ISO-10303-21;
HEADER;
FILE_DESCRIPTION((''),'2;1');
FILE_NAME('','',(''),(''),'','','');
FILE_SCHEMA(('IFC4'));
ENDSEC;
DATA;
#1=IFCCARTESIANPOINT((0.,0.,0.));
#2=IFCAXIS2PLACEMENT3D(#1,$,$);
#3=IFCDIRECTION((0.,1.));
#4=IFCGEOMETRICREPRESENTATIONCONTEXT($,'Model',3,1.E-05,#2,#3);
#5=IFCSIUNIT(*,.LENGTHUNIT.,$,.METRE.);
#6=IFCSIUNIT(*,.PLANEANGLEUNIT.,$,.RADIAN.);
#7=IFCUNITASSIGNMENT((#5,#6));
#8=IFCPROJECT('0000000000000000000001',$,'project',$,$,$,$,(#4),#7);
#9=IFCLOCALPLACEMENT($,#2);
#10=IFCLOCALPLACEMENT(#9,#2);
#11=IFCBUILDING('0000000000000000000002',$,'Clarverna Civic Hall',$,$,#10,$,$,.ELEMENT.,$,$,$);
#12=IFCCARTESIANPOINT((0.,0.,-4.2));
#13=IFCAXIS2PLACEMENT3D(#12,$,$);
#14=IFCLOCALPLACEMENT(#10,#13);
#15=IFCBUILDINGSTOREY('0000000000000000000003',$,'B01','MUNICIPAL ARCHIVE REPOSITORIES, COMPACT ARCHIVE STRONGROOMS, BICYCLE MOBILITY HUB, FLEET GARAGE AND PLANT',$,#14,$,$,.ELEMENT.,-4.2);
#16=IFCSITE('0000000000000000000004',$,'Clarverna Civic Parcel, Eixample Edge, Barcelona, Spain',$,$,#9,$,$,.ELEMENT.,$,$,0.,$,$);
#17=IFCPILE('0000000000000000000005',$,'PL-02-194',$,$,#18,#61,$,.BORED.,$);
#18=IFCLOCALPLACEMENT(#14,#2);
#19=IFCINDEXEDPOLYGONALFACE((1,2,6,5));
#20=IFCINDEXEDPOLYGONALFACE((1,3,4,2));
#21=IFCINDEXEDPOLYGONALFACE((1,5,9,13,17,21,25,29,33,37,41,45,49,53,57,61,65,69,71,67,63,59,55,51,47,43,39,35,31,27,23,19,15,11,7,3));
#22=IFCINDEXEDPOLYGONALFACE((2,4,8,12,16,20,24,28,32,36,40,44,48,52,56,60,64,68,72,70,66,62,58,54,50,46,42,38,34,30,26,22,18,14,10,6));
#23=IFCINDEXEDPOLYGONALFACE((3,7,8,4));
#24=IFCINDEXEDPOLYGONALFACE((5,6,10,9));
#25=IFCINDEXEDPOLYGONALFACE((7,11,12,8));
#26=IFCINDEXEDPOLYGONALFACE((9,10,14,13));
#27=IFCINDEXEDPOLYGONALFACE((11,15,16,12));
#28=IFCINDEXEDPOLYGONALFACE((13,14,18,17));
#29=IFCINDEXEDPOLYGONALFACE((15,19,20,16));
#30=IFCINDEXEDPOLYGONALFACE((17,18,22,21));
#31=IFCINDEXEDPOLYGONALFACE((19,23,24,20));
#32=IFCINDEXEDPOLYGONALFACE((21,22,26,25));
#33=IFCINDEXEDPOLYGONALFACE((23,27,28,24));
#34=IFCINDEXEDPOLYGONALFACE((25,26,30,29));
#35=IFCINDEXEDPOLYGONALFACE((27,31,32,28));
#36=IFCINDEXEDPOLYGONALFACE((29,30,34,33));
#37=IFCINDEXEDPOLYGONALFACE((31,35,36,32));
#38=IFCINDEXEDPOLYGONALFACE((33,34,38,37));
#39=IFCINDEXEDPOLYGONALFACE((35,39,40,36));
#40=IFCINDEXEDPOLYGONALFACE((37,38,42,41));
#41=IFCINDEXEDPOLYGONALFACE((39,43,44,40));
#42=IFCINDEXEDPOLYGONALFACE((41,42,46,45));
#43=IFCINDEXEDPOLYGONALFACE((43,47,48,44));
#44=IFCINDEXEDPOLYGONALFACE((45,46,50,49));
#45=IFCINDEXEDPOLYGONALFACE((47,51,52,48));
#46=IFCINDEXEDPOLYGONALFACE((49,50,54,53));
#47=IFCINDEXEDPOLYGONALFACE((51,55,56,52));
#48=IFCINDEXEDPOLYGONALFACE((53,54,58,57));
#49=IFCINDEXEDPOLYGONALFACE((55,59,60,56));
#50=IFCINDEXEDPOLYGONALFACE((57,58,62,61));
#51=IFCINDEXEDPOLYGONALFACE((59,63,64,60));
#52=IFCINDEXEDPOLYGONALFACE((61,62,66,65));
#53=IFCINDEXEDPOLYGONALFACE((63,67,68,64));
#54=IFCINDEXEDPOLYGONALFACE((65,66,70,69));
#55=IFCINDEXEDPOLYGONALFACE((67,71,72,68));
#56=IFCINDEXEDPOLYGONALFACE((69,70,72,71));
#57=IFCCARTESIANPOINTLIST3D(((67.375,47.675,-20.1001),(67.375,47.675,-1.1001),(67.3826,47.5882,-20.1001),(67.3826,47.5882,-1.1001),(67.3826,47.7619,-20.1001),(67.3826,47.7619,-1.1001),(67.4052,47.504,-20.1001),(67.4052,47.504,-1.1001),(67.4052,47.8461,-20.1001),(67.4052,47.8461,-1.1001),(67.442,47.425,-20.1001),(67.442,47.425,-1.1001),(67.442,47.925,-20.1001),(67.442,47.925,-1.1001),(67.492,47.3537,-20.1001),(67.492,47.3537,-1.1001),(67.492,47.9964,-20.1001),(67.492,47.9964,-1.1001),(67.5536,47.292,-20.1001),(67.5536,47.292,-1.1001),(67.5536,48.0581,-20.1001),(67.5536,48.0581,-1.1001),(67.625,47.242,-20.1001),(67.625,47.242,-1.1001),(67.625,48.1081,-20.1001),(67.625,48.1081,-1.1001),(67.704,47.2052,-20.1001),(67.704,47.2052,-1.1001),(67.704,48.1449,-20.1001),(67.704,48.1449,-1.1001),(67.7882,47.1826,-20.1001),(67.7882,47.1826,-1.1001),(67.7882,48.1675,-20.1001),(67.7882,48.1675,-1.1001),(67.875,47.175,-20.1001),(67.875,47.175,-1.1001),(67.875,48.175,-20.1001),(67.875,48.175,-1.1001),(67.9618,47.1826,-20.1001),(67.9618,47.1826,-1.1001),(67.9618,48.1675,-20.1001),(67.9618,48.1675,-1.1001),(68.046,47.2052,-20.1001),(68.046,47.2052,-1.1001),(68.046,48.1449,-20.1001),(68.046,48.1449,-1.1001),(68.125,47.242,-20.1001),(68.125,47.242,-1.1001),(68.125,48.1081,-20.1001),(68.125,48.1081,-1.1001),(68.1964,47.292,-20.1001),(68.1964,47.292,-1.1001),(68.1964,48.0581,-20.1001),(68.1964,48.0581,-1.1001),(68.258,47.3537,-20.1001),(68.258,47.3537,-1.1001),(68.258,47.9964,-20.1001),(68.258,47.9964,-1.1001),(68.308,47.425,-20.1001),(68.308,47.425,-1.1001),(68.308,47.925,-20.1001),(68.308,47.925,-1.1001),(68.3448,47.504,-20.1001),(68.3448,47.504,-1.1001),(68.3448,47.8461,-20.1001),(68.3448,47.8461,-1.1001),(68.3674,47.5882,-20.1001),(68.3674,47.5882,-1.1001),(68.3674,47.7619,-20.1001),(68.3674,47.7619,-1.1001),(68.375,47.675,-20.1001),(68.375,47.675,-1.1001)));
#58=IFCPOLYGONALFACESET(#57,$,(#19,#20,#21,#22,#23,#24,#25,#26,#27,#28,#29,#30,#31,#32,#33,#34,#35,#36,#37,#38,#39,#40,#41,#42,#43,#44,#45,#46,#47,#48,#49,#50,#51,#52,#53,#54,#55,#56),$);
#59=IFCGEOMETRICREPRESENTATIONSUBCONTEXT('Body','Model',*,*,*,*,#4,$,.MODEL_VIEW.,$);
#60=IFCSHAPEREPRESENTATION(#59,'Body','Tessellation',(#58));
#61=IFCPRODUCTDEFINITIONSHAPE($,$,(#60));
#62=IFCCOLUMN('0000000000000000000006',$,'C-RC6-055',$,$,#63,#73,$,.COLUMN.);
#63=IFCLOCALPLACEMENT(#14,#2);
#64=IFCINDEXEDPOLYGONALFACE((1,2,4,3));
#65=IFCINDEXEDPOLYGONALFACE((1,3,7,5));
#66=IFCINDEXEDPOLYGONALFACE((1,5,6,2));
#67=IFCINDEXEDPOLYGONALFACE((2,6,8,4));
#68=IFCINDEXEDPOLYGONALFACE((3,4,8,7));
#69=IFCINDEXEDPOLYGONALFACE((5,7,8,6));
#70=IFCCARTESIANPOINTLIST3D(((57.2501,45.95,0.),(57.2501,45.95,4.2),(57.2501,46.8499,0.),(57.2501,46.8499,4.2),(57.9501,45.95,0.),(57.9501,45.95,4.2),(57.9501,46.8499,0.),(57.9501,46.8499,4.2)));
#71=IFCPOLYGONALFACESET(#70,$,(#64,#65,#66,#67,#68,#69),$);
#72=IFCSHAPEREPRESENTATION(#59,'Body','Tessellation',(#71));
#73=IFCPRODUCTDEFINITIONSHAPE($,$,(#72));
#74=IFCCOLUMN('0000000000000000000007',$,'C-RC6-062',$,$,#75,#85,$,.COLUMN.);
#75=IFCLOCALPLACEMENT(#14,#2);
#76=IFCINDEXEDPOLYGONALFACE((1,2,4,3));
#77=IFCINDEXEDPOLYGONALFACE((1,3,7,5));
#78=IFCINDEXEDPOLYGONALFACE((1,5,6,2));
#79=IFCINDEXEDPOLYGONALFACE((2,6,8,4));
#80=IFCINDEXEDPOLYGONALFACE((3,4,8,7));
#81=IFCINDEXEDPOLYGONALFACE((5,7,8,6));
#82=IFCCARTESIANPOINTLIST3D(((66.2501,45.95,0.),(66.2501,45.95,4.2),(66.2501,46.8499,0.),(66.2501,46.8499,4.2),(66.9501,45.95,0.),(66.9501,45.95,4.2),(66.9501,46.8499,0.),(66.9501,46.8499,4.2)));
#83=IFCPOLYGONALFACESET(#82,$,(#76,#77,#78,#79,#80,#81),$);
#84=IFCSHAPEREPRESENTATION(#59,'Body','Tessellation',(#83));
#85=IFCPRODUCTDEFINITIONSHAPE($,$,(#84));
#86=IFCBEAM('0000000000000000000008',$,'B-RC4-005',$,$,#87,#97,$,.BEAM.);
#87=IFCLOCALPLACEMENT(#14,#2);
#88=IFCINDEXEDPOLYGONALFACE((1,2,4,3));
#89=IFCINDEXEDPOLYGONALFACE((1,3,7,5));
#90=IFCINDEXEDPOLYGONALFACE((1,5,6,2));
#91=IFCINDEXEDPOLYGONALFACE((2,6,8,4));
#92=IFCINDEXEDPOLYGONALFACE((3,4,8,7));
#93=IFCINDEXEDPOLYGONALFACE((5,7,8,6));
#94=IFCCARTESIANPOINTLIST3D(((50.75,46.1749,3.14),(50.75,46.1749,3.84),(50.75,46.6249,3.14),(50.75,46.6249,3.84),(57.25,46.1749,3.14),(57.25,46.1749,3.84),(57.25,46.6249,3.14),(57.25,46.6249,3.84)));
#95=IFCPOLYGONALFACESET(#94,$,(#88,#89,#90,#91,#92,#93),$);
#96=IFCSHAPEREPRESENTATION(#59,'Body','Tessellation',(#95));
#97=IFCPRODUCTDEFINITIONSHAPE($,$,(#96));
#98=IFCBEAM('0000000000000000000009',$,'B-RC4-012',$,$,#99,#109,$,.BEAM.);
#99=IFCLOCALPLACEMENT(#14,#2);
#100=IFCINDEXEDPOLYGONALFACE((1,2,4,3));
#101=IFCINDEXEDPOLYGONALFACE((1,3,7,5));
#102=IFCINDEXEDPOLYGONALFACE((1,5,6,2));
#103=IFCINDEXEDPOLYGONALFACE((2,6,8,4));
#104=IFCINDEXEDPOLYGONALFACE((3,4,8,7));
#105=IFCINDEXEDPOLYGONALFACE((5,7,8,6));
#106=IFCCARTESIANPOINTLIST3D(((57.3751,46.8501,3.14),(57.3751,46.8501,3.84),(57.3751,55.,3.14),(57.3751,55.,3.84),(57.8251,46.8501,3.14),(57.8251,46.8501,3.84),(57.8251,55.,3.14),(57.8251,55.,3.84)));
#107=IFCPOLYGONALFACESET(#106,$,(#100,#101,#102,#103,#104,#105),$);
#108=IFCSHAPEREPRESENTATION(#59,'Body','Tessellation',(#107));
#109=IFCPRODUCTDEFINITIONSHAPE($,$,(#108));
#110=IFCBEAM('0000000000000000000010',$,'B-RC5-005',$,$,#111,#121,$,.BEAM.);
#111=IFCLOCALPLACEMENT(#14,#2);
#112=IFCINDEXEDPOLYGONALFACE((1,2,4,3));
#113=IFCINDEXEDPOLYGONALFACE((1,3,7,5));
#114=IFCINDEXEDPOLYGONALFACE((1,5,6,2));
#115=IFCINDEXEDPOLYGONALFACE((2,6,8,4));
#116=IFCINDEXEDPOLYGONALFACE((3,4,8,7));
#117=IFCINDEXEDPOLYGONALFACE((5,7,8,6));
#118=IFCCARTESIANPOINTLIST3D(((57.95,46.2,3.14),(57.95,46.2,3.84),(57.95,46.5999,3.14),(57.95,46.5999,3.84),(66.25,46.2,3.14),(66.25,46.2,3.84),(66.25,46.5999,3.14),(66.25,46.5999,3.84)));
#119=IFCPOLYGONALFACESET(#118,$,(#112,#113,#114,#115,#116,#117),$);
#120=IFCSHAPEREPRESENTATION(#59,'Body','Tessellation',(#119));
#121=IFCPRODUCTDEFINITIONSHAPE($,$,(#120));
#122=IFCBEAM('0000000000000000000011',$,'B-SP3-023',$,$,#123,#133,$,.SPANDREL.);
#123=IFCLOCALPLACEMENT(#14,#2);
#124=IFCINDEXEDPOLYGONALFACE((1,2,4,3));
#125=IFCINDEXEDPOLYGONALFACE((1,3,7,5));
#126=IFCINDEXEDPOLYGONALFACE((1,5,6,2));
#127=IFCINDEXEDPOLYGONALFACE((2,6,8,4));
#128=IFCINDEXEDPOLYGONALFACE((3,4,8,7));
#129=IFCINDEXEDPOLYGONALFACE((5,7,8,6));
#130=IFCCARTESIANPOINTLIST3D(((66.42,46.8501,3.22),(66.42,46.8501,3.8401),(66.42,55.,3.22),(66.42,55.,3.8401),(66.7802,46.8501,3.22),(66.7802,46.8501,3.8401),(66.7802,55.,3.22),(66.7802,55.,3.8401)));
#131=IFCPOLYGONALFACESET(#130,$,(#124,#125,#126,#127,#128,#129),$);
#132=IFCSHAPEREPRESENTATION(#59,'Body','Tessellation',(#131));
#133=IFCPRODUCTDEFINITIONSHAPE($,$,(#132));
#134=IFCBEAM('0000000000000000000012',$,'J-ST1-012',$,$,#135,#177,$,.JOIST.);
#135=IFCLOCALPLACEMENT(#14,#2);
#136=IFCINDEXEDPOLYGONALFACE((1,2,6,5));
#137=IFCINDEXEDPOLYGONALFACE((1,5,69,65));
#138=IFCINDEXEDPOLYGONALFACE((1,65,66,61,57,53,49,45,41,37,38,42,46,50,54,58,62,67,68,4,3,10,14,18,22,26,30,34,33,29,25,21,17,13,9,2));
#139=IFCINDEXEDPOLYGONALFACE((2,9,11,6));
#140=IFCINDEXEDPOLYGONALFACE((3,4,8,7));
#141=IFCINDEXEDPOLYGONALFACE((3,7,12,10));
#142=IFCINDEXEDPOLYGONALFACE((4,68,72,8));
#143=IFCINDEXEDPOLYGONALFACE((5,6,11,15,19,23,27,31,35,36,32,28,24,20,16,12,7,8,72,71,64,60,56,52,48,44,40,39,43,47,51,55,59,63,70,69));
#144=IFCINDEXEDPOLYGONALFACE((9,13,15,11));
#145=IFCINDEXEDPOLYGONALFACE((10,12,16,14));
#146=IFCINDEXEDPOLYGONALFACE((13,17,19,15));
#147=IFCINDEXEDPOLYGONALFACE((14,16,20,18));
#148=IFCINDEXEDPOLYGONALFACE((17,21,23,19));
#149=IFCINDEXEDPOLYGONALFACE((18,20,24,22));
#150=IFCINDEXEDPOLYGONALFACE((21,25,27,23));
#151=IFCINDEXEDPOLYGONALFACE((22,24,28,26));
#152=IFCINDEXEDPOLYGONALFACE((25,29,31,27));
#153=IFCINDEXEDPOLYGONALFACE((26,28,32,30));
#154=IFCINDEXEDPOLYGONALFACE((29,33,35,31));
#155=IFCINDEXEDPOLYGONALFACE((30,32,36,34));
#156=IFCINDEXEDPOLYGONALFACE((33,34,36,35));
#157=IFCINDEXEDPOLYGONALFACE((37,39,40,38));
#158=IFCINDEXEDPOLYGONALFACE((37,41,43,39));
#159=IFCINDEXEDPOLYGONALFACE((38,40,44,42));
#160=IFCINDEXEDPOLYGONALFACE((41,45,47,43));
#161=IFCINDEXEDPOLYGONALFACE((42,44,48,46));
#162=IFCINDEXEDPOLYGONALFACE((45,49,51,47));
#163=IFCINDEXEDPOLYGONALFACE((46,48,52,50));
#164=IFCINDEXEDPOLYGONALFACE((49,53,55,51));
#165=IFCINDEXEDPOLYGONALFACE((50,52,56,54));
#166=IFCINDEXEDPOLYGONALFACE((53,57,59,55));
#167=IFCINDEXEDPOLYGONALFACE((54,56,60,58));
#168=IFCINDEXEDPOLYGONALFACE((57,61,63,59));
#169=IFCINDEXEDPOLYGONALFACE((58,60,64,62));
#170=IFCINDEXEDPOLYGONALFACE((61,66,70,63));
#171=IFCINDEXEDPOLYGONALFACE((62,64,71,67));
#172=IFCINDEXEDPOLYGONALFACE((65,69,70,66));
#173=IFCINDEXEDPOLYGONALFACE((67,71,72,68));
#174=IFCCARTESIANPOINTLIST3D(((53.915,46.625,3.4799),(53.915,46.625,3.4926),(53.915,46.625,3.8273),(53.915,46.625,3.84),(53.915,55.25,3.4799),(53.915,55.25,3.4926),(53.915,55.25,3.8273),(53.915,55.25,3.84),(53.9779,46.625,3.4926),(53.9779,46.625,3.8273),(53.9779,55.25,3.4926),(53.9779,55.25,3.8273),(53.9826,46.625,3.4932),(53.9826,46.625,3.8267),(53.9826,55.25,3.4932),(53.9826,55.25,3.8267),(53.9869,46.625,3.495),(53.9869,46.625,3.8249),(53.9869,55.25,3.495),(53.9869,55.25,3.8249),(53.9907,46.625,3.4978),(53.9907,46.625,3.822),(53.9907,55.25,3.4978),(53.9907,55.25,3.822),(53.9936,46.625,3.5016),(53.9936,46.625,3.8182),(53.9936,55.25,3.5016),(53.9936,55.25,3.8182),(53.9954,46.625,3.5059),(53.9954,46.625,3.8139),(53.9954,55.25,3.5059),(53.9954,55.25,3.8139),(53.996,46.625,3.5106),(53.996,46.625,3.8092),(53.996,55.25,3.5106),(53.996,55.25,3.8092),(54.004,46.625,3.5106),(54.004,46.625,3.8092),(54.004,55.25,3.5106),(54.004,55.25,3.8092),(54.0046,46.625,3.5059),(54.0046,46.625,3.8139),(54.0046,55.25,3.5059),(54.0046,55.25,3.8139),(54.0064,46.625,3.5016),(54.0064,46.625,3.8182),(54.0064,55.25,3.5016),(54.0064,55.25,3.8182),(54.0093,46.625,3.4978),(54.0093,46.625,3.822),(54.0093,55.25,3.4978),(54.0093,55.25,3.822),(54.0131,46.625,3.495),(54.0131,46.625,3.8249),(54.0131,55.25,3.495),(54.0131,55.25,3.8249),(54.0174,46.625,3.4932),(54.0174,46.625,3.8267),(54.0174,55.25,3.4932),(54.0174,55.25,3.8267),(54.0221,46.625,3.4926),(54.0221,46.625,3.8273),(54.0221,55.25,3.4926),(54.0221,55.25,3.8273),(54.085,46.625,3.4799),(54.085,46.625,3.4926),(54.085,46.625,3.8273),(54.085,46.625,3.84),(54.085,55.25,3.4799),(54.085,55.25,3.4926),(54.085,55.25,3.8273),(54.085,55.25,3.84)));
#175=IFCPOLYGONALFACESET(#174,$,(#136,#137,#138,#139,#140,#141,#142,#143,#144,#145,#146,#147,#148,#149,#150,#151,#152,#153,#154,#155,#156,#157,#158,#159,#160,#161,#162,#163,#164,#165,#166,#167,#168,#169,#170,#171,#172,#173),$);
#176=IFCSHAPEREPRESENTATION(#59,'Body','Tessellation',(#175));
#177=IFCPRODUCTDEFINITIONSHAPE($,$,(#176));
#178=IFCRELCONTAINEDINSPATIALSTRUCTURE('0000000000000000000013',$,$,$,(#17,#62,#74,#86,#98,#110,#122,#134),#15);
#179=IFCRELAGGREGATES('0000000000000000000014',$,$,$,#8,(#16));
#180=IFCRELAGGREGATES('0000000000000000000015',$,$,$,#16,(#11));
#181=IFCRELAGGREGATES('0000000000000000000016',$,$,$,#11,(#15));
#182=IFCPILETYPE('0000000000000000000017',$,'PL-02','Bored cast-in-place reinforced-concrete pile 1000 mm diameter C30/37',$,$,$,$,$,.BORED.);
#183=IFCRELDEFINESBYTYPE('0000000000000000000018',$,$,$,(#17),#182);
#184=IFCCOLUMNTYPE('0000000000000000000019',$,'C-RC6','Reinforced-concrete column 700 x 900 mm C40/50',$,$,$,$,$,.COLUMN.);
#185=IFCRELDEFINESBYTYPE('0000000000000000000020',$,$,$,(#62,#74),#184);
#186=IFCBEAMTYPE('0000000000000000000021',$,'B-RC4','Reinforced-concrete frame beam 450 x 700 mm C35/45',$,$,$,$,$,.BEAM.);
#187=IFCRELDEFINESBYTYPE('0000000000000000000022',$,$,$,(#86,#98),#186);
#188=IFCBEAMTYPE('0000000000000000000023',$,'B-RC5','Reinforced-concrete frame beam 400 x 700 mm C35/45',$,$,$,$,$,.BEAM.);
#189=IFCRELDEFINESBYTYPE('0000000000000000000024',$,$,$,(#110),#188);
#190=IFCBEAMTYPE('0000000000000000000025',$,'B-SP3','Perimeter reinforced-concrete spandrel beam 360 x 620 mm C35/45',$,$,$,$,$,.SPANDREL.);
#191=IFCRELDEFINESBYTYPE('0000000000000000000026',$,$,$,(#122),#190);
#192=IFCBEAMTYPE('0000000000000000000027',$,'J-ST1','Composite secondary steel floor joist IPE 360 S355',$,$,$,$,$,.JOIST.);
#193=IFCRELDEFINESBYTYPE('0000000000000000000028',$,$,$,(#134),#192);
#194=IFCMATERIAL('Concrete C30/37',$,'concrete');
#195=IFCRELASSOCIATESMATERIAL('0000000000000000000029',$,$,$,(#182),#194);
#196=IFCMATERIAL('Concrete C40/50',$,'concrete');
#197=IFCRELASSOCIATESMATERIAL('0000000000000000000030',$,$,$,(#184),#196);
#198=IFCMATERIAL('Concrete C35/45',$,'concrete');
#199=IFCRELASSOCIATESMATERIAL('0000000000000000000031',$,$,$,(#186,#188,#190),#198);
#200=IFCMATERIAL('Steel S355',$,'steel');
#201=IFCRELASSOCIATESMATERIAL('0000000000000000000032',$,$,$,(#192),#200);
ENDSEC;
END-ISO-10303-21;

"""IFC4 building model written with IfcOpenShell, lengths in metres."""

from ifc_helpers import new_model, si_unit, direction, frame, origin, origin_2d, place, context, subcontext, project, spatial, rectangle, circle, i_section, extrude, material, material_profile, profile_set, type_object, element, save


model = new_model("IFC4")

# Units and contexts
model_context = context("Model", 3, precision=1e-05, world=origin(), true_north=direction((0.0, 1.0)))
body_context = subcontext(model_context, "Body", "Model", "MODEL_VIEW")
ifc_project = project(units=[si_unit("LENGTHUNIT", "METRE"), si_unit("PLANEANGLEUNIT", "RADIAN")], contexts=[model_context])

# Site, building, storey
site_placement = place(None, origin())
site = spatial("IfcSite", under=ifc_project, at=site_placement, Name="Clarverna Civic Parcel, Eixample Edge, Barcelona, Spain", CompositionType="ELEMENT", RefElevation=0.0)
building_placement = place(site_placement, origin())
building = spatial("IfcBuilding", under=site, at=building_placement, Name="Clarverna Civic Hall", CompositionType="ELEMENT")
storey_placement = place(building_placement, frame((0.0, 0.0, -4.2)))
storey = spatial("IfcBuildingStorey", under=building, at=storey_placement, Name="B01", Description="MUNICIPAL ARCHIVE REPOSITORIES, COMPACT ARCHIVE STRONGROOMS, BICYCLE MOBILITY HUB, FLEET GARAGE AND PLANT", CompositionType="ELEMENT", Elevation=-4.2)

# Shared definitions
ifc_material_1 = material(Name="Concrete C30/37", Category="concrete")

# Pile
ifc_material_profile_1 = material_profile(ifc_material_1, circle(Radius=0.5, at=origin_2d()), Name="BORED PILE D1000")
ifc_profile_set_1 = profile_set([ifc_material_profile_1], Name="Concrete C30/37")
pile_type_1 = type_object("IfcPileType", Name="PL-02", Description="Bored cast-in-place reinforced-concrete pile 1000 mm diameter C30/37", PredefinedType="BORED", material=ifc_profile_set_1)
for number, where, z_axis, x_axis, name in (
    (1, (67.875, 47.675, -1.1001), (0.0, 0.0, -1.0), (1.0, 0.0, 0.0), "PL-02-194"),
):
    element("IfcPile", number, at=place(storey_placement, frame(where, z_axis=z_axis, x_axis=x_axis)), inside=storey, type_object=pile_type_1, Name=name, PredefinedType="BORED", context=body_context, shape_type="SweptSolid", body=[
        extrude(circle(Radius=0.5, at=origin_2d()), origin(), (0.0, 0.0, 1.0), 19.0),
    ])

# Columns
ifc_material_2 = material(Name="Concrete C40/50", Category="concrete")
ifc_material_profile_2 = material_profile(ifc_material_2, rectangle(XDim=0.7, YDim=0.8999, at=origin_2d()), Name="RC 700x900")
ifc_profile_set_2 = profile_set([ifc_material_profile_2], Name="Concrete C40/50")
column_type = type_object("IfcColumnType", Name="C-RC6", Description="Reinforced-concrete column 700 x 900 mm C40/50", PredefinedType="COLUMN", material=ifc_profile_set_2)
for number, where, z_axis, x_axis, name in (
    (2, (57.6001, 46.3999, 0.0), (0.0, 0.0, 1.0), (1.0, 0.0, 0.0), "C-RC6-055"),
    (3, (66.6001, 46.3999, 0.0), (0.0, 0.0, 1.0), (1.0, 0.0, 0.0), "C-RC6-062"),
):
    element("IfcColumn", number, at=place(storey_placement, frame(where, z_axis=z_axis, x_axis=x_axis)), inside=storey, type_object=column_type, Name=name, PredefinedType="COLUMN", context=body_context, shape_type="SweptSolid", body=[
        extrude(rectangle(XDim=0.7, YDim=0.8999, at=origin_2d()), origin(), (0.0, 0.0, 1.0), 4.2),
    ])

# Beams
ifc_material_3 = material(Name="Concrete C35/45", Category="concrete")
ifc_material_profile_3 = material_profile(ifc_material_3, rectangle(XDim=0.45, YDim=0.7, at=origin_2d()), Name="RC 450x700")
ifc_profile_set_3 = profile_set([ifc_material_profile_3], Name="Concrete C35/45")
beam_type_1 = type_object("IfcBeamType", Name="B-RC4", Description="Reinforced-concrete frame beam 450 x 700 mm C35/45", PredefinedType="BEAM", material=ifc_profile_set_3)
beam_1_placement = place(storey_placement, frame((50.75, 46.3999, 3.49), z_axis=(1.0, 0.0, 0.0), x_axis=(0.0, 1.0, 0.0)))
element("IfcBeam", 4, at=beam_1_placement, inside=storey, type_object=beam_type_1, Name="B-RC4-005", PredefinedType="BEAM", context=body_context, shape_type="SweptSolid", body=[
    extrude(rectangle(XDim=0.45, YDim=0.7, at=origin_2d()), origin(), (0.0, 0.0, 1.0), 6.5),
])
beam_2_placement = place(storey_placement, frame((57.6001, 46.8501, 3.49), z_axis=(0.0, 1.0, 0.0), x_axis=(-1.0, 0.0, 0.0)))
element("IfcBeam", 5, at=beam_2_placement, inside=storey, type_object=beam_type_1, Name="B-RC4-012", PredefinedType="BEAM", context=body_context, shape_type="SweptSolid", body=[
    extrude(rectangle(XDim=0.45, YDim=0.7, at=origin_2d()), origin(), (0.0, 0.0, 1.0), 8.1499),
])
ifc_material_profile_4 = material_profile(ifc_material_3, rectangle(XDim=0.3999, YDim=0.7, at=origin_2d()), Name="RC 400x700")
ifc_profile_set_4 = profile_set([ifc_material_profile_4], Name="Concrete C35/45")
beam_type_2 = type_object("IfcBeamType", Name="B-RC5", Description="Reinforced-concrete frame beam 400 x 700 mm C35/45", PredefinedType="BEAM", material=ifc_profile_set_4)
beam_3_placement = place(storey_placement, frame((57.95, 46.3999, 3.49), z_axis=(1.0, 0.0, 0.0), x_axis=(0.0, 1.0, 0.0)))
element("IfcBeam", 6, at=beam_3_placement, inside=storey, type_object=beam_type_2, Name="B-RC5-005", PredefinedType="BEAM", context=body_context, shape_type="SweptSolid", body=[
    extrude(rectangle(XDim=0.3999, YDim=0.7, at=origin_2d()), origin(), (0.0, 0.0, 1.0), 8.3),
])
ifc_material_profile_5 = material_profile(ifc_material_3, rectangle(XDim=0.3601, YDim=0.6201, at=origin_2d()), Name="RC 360x620")
ifc_profile_set_5 = profile_set([ifc_material_profile_5], Name="Concrete C35/45")
beam_type_3 = type_object("IfcBeamType", Name="B-SP3", Description="Perimeter reinforced-concrete spandrel beam 360 x 620 mm C35/45", PredefinedType="SPANDREL", material=ifc_profile_set_5)
beam_4_placement = place(storey_placement, frame((66.6001, 46.8501, 3.53), z_axis=(0.0, 1.0, 0.0), x_axis=(-1.0, 0.0, 0.0)))
element("IfcBeam", 7, at=beam_4_placement, inside=storey, type_object=beam_type_3, Name="B-SP3-023", PredefinedType="SPANDREL", context=body_context, shape_type="SweptSolid", body=[
    extrude(rectangle(XDim=0.3601, YDim=0.6201, at=origin_2d()), origin(), (0.0, 0.0, 1.0), 8.1499),
])
ifc_material_4 = material(Name="Steel S355", Category="steel")
ifc_material_profile_6 = material_profile(ifc_material_4, i_section(OverallWidth=0.1699, OverallDepth=0.3601, WebThickness=0.0081, FlangeThickness=0.0127, FilletRadius=0.0181, at=origin_2d()), Name="IPE 360")
ifc_profile_set_6 = profile_set([ifc_material_profile_6], Name="Steel S355")
beam_type_4 = type_object("IfcBeamType", Name="J-ST1", Description="Composite secondary steel floor joist IPE 360 S355", PredefinedType="JOIST", material=ifc_profile_set_6)
beam_5_placement = place(storey_placement, frame((54.0, 46.625, 3.6599), z_axis=(0.0, 1.0, 0.0), x_axis=(-1.0, 0.0, 0.0)))
element("IfcBeam", 8, at=beam_5_placement, inside=storey, type_object=beam_type_4, Name="J-ST1-012", PredefinedType="JOIST", context=body_context, shape_type="SweptSolid", body=[
    extrude(i_section(OverallWidth=0.1699, OverallDepth=0.3601, WebThickness=0.0081, FlangeThickness=0.0127, FilletRadius=0.0181, at=origin_2d()), origin(), (0.0, 0.0, 1.0), 8.625),
])

save(model, "model.ifc")
